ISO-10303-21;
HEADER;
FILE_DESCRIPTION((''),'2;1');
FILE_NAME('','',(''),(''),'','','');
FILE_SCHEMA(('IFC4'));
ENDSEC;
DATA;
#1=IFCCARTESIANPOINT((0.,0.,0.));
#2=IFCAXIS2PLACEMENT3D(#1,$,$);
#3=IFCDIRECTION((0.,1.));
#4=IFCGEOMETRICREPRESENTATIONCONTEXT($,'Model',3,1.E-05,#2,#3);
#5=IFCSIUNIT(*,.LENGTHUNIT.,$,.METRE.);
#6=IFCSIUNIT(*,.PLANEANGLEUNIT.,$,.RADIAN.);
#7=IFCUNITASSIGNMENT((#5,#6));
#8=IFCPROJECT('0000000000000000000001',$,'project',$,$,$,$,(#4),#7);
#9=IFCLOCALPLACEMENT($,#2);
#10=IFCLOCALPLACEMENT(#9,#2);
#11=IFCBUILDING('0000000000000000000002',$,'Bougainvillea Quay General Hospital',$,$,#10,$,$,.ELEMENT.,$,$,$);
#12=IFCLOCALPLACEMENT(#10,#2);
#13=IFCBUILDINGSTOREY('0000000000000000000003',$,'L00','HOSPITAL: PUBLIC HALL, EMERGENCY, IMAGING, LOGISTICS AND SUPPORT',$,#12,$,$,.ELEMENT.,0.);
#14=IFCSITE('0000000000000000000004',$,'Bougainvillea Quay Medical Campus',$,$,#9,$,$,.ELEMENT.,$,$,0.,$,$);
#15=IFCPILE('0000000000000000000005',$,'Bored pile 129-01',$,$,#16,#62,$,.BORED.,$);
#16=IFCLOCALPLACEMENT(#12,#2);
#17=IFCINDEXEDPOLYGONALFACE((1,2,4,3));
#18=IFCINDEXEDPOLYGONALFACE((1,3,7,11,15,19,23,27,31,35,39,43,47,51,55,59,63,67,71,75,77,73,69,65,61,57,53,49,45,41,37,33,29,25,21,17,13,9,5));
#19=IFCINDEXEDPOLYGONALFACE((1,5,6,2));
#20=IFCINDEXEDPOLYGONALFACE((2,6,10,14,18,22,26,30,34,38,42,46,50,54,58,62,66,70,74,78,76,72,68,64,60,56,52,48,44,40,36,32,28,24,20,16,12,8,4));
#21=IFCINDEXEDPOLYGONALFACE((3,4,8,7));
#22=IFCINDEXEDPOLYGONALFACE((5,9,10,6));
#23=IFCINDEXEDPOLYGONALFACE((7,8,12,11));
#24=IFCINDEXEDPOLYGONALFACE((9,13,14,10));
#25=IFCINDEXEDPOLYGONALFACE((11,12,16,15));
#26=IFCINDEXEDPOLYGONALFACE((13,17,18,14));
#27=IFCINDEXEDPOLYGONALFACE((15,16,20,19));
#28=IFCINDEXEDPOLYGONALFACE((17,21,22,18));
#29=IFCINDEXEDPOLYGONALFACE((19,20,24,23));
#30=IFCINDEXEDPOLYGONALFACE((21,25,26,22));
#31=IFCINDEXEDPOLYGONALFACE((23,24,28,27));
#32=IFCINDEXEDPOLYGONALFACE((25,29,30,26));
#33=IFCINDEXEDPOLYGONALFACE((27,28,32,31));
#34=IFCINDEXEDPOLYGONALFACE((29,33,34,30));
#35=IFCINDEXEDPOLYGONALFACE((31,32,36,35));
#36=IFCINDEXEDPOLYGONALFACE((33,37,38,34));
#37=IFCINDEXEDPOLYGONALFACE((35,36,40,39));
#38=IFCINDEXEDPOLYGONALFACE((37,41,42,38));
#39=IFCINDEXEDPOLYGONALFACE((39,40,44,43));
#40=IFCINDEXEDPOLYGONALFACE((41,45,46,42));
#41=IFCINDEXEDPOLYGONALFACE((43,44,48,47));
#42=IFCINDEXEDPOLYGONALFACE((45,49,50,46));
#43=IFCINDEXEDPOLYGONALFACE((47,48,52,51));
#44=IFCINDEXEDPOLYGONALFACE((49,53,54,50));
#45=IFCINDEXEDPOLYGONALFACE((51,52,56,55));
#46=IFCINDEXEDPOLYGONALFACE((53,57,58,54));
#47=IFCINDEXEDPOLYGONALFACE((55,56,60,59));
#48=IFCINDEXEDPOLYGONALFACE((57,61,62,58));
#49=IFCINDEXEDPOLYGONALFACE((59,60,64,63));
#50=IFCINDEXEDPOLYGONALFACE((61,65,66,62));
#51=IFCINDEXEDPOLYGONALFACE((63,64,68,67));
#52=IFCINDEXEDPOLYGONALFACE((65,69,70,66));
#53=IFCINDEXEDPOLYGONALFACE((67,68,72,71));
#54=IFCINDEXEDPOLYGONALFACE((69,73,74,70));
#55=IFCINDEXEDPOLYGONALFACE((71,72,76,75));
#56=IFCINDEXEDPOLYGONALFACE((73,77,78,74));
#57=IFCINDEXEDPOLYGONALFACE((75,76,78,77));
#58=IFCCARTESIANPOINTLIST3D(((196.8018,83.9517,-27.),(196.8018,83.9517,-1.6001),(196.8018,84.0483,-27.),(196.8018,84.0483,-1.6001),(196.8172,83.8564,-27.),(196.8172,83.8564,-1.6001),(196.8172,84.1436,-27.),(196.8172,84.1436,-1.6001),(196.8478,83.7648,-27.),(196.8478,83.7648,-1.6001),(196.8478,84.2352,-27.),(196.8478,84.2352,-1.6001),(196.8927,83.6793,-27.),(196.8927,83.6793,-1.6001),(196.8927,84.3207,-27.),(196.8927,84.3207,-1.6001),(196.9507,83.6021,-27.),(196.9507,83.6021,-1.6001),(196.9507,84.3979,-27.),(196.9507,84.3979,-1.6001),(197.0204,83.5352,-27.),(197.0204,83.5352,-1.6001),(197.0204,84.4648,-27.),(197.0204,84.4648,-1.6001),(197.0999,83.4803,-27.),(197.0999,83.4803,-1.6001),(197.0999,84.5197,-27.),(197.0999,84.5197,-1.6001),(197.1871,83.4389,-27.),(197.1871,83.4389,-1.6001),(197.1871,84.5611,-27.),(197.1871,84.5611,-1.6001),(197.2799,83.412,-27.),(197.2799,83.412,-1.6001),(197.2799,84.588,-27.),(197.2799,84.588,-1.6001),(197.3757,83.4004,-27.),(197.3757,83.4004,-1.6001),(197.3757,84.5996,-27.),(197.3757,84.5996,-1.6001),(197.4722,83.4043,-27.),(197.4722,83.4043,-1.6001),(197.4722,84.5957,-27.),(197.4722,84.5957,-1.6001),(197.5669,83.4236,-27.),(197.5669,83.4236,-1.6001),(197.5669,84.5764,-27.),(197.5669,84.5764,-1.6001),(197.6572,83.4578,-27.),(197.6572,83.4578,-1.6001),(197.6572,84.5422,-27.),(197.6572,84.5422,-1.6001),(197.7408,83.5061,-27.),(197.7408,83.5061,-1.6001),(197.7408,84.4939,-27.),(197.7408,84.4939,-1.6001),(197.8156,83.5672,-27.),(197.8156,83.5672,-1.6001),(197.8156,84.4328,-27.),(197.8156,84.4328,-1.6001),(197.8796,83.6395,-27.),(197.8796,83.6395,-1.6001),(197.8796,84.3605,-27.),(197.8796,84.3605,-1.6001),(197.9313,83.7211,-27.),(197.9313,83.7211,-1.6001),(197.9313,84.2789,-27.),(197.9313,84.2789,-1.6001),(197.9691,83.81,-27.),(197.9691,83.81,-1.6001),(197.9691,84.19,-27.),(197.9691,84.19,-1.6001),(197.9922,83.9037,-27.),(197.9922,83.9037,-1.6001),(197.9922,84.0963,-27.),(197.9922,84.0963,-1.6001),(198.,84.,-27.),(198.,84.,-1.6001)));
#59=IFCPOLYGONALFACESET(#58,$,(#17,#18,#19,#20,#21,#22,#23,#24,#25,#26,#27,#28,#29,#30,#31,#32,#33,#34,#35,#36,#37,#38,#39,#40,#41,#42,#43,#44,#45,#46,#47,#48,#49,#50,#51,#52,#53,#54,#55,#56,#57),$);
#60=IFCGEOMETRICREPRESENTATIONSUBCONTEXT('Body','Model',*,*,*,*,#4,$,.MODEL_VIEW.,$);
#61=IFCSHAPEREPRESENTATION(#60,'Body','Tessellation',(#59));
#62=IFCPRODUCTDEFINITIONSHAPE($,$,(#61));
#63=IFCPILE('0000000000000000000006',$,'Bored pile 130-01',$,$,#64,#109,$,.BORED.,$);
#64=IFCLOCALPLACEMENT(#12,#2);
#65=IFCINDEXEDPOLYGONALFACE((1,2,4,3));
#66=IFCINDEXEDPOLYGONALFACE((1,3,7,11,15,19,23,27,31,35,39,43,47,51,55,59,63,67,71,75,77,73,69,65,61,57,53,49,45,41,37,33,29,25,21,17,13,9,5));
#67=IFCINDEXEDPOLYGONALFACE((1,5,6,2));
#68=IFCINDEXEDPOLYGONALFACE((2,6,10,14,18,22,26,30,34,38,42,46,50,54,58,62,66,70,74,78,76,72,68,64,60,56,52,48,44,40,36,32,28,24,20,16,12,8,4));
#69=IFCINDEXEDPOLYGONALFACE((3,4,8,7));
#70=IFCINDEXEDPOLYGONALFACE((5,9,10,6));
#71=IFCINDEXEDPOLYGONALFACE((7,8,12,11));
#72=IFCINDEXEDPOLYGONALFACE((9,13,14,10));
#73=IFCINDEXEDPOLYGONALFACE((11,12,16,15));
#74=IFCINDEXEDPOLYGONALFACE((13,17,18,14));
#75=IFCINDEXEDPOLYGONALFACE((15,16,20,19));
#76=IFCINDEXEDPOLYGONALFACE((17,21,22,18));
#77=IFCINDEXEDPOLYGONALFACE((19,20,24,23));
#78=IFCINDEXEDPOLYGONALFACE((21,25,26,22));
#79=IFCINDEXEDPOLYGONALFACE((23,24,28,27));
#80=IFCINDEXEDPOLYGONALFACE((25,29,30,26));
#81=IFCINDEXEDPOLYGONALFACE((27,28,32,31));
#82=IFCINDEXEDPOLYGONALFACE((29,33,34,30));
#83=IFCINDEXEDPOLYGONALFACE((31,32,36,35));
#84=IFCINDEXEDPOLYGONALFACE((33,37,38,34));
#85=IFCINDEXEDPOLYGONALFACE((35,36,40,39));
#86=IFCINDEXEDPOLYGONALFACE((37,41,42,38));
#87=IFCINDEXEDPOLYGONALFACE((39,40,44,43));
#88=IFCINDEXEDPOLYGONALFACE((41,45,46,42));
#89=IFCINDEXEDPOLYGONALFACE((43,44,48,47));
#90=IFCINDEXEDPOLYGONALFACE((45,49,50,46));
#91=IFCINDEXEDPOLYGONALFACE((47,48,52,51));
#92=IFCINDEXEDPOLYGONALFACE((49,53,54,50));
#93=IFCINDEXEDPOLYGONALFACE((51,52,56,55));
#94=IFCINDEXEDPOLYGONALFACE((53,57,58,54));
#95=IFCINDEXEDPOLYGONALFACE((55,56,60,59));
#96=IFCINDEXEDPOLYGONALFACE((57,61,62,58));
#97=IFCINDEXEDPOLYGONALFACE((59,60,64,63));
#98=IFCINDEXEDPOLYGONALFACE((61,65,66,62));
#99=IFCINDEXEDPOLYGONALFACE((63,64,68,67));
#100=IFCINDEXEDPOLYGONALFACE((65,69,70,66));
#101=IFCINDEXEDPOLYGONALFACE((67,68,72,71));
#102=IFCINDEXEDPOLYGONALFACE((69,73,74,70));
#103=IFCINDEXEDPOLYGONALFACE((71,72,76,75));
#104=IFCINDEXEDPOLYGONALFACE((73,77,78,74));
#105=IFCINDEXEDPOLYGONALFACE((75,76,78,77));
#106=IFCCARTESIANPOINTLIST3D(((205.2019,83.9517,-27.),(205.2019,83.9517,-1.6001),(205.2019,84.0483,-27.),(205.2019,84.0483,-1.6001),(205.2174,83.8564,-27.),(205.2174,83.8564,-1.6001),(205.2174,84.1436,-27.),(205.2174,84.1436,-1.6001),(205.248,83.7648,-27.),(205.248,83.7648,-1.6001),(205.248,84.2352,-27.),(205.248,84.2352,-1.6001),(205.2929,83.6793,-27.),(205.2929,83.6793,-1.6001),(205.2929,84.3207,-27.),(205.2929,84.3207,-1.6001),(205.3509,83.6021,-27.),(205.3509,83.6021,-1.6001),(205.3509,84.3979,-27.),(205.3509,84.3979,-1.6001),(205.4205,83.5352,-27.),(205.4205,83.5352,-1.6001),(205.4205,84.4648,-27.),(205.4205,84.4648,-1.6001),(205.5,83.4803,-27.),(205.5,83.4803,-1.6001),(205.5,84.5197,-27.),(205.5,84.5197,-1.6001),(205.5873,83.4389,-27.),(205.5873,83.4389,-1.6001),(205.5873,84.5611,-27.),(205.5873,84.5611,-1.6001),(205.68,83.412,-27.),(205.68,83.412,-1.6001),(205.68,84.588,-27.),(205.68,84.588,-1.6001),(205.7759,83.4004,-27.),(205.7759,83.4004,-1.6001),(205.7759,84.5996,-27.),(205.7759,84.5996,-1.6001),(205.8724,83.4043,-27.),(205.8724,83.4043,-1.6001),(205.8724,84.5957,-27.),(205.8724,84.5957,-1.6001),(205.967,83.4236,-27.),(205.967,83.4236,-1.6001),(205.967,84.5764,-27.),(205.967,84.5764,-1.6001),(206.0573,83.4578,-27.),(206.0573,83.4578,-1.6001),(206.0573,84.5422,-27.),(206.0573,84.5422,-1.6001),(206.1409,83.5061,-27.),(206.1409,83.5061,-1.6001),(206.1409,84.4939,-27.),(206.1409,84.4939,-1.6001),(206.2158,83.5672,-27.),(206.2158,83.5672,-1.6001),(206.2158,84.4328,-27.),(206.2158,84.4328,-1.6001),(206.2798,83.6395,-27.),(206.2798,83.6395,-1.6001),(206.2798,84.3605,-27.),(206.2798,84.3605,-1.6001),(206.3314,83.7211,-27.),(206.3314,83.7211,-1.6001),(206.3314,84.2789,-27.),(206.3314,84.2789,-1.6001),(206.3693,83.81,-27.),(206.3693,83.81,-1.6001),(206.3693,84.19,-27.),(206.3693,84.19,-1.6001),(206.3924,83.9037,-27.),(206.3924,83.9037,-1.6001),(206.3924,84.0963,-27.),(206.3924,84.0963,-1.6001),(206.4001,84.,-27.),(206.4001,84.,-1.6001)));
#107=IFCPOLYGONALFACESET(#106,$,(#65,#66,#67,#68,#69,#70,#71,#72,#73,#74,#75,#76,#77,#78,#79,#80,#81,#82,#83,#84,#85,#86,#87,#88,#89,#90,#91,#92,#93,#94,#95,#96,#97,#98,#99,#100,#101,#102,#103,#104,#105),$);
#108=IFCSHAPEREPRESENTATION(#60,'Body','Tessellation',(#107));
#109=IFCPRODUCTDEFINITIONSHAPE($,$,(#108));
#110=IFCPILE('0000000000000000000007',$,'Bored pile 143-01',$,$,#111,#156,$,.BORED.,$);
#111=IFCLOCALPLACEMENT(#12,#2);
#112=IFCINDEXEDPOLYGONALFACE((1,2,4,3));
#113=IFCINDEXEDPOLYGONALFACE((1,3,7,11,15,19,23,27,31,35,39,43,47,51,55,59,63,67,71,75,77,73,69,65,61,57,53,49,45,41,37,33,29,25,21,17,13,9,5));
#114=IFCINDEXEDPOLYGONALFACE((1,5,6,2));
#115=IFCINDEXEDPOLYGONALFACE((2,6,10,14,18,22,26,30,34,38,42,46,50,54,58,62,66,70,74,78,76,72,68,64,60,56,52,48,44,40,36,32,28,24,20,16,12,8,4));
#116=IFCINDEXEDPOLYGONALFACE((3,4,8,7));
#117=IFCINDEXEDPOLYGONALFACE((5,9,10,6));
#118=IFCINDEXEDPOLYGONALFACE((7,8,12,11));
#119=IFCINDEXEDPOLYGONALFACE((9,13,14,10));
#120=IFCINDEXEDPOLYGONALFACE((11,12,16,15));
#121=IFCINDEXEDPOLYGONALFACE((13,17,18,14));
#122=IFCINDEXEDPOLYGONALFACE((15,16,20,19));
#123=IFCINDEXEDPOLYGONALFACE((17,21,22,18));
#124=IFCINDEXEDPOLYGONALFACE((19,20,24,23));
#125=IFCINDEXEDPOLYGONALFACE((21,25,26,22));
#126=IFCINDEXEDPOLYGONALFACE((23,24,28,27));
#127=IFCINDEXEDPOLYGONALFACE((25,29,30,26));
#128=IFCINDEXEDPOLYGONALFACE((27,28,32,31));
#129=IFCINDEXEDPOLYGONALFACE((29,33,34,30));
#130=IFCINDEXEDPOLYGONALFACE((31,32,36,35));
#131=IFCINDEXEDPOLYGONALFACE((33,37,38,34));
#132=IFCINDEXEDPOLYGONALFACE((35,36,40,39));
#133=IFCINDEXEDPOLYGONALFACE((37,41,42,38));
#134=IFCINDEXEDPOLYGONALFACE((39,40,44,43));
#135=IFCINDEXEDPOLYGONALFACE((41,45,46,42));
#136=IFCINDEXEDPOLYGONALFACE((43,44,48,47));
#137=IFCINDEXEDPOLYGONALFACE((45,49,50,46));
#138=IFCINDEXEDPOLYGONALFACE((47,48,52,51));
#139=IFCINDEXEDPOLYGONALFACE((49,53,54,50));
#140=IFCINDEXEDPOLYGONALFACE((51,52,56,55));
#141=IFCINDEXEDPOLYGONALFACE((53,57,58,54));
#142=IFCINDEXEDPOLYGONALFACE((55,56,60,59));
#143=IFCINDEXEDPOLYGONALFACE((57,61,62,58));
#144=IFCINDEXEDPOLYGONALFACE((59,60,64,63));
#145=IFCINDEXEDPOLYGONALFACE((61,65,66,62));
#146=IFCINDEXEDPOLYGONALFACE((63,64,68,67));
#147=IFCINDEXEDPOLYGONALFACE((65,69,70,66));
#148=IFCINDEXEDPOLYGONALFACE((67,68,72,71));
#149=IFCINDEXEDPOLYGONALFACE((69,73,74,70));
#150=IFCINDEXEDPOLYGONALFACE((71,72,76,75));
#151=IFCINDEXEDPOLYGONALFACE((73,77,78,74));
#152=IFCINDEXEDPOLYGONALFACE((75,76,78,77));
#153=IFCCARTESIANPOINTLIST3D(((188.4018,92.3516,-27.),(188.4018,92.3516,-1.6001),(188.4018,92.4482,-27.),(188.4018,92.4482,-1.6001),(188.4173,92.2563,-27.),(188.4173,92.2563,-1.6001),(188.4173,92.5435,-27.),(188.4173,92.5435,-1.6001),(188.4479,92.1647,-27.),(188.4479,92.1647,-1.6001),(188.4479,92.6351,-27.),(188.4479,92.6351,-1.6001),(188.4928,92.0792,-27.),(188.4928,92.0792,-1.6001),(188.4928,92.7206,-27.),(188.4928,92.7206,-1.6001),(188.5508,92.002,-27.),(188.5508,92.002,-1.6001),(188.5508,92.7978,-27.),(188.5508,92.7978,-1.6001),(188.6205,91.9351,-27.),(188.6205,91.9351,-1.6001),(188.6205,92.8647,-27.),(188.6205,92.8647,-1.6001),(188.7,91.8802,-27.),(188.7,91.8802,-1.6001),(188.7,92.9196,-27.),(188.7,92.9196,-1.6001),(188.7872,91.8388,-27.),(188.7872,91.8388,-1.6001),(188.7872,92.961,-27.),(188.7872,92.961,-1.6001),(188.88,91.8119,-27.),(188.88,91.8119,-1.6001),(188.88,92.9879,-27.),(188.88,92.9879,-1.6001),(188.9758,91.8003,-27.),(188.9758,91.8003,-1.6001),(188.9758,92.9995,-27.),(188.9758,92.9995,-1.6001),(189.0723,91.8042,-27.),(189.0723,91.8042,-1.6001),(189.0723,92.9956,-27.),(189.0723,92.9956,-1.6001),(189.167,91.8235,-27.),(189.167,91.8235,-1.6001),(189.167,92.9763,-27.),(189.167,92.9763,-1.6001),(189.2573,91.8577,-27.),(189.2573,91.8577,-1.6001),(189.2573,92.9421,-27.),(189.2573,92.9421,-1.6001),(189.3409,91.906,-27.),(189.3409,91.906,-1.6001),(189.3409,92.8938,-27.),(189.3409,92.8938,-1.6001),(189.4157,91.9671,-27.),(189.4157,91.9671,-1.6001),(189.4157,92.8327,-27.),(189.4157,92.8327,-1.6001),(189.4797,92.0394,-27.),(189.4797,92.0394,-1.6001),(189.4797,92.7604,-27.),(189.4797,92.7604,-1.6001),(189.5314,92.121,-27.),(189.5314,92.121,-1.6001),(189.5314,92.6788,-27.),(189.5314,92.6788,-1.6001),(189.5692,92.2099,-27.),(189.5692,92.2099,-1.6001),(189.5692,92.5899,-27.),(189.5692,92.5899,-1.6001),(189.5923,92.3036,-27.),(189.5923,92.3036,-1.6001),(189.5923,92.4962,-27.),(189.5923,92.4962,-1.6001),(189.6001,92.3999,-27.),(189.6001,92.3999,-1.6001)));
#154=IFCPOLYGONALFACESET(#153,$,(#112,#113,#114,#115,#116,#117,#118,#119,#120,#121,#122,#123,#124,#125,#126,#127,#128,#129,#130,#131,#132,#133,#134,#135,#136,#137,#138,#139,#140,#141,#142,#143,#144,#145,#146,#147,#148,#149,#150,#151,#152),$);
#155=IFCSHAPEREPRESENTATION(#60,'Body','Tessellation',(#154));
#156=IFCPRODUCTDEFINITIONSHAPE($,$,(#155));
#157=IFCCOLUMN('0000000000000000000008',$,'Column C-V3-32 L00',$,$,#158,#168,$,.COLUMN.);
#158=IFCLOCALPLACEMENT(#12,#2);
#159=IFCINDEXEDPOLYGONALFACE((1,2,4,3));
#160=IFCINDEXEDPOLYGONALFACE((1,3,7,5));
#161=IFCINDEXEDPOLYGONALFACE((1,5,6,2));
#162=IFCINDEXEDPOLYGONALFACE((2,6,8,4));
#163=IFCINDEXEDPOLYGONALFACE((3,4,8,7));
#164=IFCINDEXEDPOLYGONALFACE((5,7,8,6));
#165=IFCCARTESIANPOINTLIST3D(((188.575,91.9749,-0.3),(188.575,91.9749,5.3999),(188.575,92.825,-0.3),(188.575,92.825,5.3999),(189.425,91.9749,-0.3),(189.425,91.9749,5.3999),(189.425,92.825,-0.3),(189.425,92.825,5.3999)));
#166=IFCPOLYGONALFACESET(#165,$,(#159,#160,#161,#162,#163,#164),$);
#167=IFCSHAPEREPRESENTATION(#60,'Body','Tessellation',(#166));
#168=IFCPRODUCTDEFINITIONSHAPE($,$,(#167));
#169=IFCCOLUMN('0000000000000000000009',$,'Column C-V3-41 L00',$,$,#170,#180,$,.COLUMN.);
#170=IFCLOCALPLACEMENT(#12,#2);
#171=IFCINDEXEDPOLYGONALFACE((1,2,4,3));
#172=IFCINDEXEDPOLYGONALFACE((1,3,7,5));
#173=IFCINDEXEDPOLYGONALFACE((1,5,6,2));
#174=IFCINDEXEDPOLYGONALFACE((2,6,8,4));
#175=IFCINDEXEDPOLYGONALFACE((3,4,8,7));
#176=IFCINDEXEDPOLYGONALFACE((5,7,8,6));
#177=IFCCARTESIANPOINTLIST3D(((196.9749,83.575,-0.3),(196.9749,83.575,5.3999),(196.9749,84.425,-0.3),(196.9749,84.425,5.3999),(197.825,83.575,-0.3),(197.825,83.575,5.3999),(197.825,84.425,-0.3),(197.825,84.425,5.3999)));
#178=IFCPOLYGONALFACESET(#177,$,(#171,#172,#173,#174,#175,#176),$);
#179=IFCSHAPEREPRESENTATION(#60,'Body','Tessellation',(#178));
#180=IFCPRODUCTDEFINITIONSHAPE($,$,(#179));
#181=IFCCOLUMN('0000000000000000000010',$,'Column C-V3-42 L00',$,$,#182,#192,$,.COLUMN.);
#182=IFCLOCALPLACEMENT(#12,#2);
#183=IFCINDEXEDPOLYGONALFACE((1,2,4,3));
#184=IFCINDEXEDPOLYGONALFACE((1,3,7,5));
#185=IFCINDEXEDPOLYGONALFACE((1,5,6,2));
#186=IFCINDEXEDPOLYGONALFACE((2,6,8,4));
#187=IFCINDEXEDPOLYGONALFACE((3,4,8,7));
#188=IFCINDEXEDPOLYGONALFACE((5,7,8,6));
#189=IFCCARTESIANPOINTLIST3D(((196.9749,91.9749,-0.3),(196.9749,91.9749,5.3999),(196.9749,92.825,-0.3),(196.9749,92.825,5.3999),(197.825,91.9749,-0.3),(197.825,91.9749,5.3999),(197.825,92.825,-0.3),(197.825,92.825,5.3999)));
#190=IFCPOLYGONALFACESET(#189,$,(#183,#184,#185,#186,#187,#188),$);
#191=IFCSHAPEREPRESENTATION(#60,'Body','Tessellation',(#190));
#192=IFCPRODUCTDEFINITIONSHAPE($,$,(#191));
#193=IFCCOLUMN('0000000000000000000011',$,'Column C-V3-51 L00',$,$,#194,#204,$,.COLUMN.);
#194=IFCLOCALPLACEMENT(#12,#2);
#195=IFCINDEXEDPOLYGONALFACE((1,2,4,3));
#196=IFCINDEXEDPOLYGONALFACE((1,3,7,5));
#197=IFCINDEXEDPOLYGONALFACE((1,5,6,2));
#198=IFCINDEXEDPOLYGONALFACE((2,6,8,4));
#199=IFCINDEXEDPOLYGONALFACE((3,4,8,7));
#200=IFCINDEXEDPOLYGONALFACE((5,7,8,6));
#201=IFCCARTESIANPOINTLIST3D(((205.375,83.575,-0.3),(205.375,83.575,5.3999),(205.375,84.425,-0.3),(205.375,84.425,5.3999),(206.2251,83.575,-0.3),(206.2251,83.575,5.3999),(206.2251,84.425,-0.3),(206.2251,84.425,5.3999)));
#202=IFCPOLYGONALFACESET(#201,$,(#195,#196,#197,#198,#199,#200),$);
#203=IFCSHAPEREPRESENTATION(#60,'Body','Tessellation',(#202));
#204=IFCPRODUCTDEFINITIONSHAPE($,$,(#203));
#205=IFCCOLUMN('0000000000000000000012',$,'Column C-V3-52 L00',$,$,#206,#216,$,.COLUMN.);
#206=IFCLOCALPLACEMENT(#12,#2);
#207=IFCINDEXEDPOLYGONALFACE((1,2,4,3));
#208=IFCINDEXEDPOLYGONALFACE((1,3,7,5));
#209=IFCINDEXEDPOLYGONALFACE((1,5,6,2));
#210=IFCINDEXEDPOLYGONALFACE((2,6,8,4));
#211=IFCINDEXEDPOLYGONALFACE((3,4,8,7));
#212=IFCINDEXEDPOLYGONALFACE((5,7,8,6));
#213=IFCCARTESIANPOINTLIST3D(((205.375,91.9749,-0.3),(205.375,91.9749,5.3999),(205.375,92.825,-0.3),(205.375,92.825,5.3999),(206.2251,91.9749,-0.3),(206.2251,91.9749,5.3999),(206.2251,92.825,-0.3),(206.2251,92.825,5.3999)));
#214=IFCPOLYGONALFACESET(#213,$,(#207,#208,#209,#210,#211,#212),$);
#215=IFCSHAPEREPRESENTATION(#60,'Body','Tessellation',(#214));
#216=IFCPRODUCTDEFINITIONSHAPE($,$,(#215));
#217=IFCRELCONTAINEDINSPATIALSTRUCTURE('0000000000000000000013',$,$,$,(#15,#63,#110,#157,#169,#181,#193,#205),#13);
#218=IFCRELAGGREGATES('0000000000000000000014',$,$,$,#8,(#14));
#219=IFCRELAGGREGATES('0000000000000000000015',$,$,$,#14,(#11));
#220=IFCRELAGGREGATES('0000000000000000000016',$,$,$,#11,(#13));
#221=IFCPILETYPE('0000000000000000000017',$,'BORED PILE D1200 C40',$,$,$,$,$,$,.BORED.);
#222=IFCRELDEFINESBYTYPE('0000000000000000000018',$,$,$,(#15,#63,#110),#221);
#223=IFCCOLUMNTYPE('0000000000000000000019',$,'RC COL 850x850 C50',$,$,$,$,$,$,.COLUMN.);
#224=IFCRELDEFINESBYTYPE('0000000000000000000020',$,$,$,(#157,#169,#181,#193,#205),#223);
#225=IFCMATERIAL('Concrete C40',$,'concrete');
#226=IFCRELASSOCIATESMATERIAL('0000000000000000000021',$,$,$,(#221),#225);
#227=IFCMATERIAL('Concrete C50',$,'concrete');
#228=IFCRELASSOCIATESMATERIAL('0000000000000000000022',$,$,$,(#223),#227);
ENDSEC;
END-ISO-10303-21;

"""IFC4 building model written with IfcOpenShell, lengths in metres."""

from ifc_helpers import new_model, si_unit, direction, frame, origin, origin_2d, place, context, subcontext, project, spatial, rectangle, circle, extrude, material, material_profile, profile_set, type_object, element, save


model = new_model("IFC4")

# Units and contexts
model_context = context("Model", 3, precision=1e-05, world=origin(), true_north=direction((0.0, 1.0)))
body_context = subcontext(model_context, "Body", "Model", "MODEL_VIEW")
ifc_project = project(units=[si_unit("LENGTHUNIT", "METRE"), si_unit("PLANEANGLEUNIT", "RADIAN")], contexts=[model_context])

# Site, building, storey
site_placement = place(None, origin())
site = spatial("IfcSite", under=ifc_project, at=site_placement, Name="Bougainvillea Quay Medical Campus", CompositionType="ELEMENT", RefElevation=0.0)
building_placement = place(site_placement, origin())
building = spatial("IfcBuilding", under=site, at=building_placement, Name="Bougainvillea Quay General Hospital", CompositionType="ELEMENT")
storey_placement = place(building_placement, origin())
storey = spatial("IfcBuildingStorey", under=building, at=storey_placement, Name="L00", Description="HOSPITAL: PUBLIC HALL, EMERGENCY, IMAGING, LOGISTICS AND SUPPORT", CompositionType="ELEMENT", Elevation=0.0)

# Piles
ifc_material_1 = material(Name="Concrete C40", Category="concrete")
ifc_material_profile_1 = material_profile(ifc_material_1, circle(Radius=0.6001, at=origin_2d()))
ifc_profile_set_1 = profile_set([ifc_material_profile_1], Name="Concrete C40")
pile_type = type_object("IfcPileType", Name="BORED PILE D1200 C40", PredefinedType="BORED", material=ifc_profile_set_1)
for number, where, z_axis, x_axis, name in (
    (1, (197.3999, 84.0, -1.6001), (0.0, 0.0, -1.0), (1.0, 0.0, 0.0), "Bored pile 129-01"),
    (2, (205.8, 84.0, -1.6001), (0.0, 0.0, -1.0), (1.0, 0.0, 0.0), "Bored pile 130-01"),
    (3, (189.0, 92.3999, -1.6001), (0.0, 0.0, -1.0), (1.0, 0.0, 0.0), "Bored pile 143-01"),
):
    element("IfcPile", number, at=place(storey_placement, frame(where, z_axis=z_axis, x_axis=x_axis)), inside=storey, type_object=pile_type, Name=name, PredefinedType="BORED", context=body_context, shape_type="SweptSolid", body=[
        extrude(circle(Radius=0.6001, at=origin_2d()), origin(), (0.0, 0.0, 1.0), 25.3999),
    ])

# Columns
ifc_material_2 = material(Name="Concrete C50", Category="concrete")
ifc_material_profile_2 = material_profile(ifc_material_2, rectangle(XDim=0.8501, YDim=0.8501, at=origin_2d()))
ifc_profile_set_2 = profile_set([ifc_material_profile_2], Name="Concrete C50")
column_type = type_object("IfcColumnType", Name="RC COL 850x850 C50", PredefinedType="COLUMN", material=ifc_profile_set_2)
for number, where, z_axis, x_axis, name in (
    (4, (189.0, 92.3999, -0.3), (0.0, 0.0, 1.0), (1.0, 0.0, 0.0), "Column C-V3-32 L00"),
    (5, (197.3999, 84.0, -0.3), (0.0, 0.0, 1.0), (1.0, 0.0, 0.0), "Column C-V3-41 L00"),
    (6, (197.3999, 92.3999, -0.3), (0.0, 0.0, 1.0), (1.0, 0.0, 0.0), "Column C-V3-42 L00"),
    (7, (205.8, 84.0, -0.3), (0.0, 0.0, 1.0), (1.0, 0.0, 0.0), "Column C-V3-51 L00"),
    (8, (205.8, 92.3999, -0.3), (0.0, 0.0, 1.0), (1.0, 0.0, 0.0), "Column C-V3-52 L00"),
):
    element("IfcColumn", number, at=place(storey_placement, frame(where, z_axis=z_axis, x_axis=x_axis)), inside=storey, type_object=column_type, Name=name, PredefinedType="COLUMN", context=body_context, shape_type="SweptSolid", body=[
        extrude(rectangle(XDim=0.8501, YDim=0.8501, at=origin_2d()), origin(), (0.0, 0.0, 1.0), 5.7),
    ])

save(model, "model.ifc")
